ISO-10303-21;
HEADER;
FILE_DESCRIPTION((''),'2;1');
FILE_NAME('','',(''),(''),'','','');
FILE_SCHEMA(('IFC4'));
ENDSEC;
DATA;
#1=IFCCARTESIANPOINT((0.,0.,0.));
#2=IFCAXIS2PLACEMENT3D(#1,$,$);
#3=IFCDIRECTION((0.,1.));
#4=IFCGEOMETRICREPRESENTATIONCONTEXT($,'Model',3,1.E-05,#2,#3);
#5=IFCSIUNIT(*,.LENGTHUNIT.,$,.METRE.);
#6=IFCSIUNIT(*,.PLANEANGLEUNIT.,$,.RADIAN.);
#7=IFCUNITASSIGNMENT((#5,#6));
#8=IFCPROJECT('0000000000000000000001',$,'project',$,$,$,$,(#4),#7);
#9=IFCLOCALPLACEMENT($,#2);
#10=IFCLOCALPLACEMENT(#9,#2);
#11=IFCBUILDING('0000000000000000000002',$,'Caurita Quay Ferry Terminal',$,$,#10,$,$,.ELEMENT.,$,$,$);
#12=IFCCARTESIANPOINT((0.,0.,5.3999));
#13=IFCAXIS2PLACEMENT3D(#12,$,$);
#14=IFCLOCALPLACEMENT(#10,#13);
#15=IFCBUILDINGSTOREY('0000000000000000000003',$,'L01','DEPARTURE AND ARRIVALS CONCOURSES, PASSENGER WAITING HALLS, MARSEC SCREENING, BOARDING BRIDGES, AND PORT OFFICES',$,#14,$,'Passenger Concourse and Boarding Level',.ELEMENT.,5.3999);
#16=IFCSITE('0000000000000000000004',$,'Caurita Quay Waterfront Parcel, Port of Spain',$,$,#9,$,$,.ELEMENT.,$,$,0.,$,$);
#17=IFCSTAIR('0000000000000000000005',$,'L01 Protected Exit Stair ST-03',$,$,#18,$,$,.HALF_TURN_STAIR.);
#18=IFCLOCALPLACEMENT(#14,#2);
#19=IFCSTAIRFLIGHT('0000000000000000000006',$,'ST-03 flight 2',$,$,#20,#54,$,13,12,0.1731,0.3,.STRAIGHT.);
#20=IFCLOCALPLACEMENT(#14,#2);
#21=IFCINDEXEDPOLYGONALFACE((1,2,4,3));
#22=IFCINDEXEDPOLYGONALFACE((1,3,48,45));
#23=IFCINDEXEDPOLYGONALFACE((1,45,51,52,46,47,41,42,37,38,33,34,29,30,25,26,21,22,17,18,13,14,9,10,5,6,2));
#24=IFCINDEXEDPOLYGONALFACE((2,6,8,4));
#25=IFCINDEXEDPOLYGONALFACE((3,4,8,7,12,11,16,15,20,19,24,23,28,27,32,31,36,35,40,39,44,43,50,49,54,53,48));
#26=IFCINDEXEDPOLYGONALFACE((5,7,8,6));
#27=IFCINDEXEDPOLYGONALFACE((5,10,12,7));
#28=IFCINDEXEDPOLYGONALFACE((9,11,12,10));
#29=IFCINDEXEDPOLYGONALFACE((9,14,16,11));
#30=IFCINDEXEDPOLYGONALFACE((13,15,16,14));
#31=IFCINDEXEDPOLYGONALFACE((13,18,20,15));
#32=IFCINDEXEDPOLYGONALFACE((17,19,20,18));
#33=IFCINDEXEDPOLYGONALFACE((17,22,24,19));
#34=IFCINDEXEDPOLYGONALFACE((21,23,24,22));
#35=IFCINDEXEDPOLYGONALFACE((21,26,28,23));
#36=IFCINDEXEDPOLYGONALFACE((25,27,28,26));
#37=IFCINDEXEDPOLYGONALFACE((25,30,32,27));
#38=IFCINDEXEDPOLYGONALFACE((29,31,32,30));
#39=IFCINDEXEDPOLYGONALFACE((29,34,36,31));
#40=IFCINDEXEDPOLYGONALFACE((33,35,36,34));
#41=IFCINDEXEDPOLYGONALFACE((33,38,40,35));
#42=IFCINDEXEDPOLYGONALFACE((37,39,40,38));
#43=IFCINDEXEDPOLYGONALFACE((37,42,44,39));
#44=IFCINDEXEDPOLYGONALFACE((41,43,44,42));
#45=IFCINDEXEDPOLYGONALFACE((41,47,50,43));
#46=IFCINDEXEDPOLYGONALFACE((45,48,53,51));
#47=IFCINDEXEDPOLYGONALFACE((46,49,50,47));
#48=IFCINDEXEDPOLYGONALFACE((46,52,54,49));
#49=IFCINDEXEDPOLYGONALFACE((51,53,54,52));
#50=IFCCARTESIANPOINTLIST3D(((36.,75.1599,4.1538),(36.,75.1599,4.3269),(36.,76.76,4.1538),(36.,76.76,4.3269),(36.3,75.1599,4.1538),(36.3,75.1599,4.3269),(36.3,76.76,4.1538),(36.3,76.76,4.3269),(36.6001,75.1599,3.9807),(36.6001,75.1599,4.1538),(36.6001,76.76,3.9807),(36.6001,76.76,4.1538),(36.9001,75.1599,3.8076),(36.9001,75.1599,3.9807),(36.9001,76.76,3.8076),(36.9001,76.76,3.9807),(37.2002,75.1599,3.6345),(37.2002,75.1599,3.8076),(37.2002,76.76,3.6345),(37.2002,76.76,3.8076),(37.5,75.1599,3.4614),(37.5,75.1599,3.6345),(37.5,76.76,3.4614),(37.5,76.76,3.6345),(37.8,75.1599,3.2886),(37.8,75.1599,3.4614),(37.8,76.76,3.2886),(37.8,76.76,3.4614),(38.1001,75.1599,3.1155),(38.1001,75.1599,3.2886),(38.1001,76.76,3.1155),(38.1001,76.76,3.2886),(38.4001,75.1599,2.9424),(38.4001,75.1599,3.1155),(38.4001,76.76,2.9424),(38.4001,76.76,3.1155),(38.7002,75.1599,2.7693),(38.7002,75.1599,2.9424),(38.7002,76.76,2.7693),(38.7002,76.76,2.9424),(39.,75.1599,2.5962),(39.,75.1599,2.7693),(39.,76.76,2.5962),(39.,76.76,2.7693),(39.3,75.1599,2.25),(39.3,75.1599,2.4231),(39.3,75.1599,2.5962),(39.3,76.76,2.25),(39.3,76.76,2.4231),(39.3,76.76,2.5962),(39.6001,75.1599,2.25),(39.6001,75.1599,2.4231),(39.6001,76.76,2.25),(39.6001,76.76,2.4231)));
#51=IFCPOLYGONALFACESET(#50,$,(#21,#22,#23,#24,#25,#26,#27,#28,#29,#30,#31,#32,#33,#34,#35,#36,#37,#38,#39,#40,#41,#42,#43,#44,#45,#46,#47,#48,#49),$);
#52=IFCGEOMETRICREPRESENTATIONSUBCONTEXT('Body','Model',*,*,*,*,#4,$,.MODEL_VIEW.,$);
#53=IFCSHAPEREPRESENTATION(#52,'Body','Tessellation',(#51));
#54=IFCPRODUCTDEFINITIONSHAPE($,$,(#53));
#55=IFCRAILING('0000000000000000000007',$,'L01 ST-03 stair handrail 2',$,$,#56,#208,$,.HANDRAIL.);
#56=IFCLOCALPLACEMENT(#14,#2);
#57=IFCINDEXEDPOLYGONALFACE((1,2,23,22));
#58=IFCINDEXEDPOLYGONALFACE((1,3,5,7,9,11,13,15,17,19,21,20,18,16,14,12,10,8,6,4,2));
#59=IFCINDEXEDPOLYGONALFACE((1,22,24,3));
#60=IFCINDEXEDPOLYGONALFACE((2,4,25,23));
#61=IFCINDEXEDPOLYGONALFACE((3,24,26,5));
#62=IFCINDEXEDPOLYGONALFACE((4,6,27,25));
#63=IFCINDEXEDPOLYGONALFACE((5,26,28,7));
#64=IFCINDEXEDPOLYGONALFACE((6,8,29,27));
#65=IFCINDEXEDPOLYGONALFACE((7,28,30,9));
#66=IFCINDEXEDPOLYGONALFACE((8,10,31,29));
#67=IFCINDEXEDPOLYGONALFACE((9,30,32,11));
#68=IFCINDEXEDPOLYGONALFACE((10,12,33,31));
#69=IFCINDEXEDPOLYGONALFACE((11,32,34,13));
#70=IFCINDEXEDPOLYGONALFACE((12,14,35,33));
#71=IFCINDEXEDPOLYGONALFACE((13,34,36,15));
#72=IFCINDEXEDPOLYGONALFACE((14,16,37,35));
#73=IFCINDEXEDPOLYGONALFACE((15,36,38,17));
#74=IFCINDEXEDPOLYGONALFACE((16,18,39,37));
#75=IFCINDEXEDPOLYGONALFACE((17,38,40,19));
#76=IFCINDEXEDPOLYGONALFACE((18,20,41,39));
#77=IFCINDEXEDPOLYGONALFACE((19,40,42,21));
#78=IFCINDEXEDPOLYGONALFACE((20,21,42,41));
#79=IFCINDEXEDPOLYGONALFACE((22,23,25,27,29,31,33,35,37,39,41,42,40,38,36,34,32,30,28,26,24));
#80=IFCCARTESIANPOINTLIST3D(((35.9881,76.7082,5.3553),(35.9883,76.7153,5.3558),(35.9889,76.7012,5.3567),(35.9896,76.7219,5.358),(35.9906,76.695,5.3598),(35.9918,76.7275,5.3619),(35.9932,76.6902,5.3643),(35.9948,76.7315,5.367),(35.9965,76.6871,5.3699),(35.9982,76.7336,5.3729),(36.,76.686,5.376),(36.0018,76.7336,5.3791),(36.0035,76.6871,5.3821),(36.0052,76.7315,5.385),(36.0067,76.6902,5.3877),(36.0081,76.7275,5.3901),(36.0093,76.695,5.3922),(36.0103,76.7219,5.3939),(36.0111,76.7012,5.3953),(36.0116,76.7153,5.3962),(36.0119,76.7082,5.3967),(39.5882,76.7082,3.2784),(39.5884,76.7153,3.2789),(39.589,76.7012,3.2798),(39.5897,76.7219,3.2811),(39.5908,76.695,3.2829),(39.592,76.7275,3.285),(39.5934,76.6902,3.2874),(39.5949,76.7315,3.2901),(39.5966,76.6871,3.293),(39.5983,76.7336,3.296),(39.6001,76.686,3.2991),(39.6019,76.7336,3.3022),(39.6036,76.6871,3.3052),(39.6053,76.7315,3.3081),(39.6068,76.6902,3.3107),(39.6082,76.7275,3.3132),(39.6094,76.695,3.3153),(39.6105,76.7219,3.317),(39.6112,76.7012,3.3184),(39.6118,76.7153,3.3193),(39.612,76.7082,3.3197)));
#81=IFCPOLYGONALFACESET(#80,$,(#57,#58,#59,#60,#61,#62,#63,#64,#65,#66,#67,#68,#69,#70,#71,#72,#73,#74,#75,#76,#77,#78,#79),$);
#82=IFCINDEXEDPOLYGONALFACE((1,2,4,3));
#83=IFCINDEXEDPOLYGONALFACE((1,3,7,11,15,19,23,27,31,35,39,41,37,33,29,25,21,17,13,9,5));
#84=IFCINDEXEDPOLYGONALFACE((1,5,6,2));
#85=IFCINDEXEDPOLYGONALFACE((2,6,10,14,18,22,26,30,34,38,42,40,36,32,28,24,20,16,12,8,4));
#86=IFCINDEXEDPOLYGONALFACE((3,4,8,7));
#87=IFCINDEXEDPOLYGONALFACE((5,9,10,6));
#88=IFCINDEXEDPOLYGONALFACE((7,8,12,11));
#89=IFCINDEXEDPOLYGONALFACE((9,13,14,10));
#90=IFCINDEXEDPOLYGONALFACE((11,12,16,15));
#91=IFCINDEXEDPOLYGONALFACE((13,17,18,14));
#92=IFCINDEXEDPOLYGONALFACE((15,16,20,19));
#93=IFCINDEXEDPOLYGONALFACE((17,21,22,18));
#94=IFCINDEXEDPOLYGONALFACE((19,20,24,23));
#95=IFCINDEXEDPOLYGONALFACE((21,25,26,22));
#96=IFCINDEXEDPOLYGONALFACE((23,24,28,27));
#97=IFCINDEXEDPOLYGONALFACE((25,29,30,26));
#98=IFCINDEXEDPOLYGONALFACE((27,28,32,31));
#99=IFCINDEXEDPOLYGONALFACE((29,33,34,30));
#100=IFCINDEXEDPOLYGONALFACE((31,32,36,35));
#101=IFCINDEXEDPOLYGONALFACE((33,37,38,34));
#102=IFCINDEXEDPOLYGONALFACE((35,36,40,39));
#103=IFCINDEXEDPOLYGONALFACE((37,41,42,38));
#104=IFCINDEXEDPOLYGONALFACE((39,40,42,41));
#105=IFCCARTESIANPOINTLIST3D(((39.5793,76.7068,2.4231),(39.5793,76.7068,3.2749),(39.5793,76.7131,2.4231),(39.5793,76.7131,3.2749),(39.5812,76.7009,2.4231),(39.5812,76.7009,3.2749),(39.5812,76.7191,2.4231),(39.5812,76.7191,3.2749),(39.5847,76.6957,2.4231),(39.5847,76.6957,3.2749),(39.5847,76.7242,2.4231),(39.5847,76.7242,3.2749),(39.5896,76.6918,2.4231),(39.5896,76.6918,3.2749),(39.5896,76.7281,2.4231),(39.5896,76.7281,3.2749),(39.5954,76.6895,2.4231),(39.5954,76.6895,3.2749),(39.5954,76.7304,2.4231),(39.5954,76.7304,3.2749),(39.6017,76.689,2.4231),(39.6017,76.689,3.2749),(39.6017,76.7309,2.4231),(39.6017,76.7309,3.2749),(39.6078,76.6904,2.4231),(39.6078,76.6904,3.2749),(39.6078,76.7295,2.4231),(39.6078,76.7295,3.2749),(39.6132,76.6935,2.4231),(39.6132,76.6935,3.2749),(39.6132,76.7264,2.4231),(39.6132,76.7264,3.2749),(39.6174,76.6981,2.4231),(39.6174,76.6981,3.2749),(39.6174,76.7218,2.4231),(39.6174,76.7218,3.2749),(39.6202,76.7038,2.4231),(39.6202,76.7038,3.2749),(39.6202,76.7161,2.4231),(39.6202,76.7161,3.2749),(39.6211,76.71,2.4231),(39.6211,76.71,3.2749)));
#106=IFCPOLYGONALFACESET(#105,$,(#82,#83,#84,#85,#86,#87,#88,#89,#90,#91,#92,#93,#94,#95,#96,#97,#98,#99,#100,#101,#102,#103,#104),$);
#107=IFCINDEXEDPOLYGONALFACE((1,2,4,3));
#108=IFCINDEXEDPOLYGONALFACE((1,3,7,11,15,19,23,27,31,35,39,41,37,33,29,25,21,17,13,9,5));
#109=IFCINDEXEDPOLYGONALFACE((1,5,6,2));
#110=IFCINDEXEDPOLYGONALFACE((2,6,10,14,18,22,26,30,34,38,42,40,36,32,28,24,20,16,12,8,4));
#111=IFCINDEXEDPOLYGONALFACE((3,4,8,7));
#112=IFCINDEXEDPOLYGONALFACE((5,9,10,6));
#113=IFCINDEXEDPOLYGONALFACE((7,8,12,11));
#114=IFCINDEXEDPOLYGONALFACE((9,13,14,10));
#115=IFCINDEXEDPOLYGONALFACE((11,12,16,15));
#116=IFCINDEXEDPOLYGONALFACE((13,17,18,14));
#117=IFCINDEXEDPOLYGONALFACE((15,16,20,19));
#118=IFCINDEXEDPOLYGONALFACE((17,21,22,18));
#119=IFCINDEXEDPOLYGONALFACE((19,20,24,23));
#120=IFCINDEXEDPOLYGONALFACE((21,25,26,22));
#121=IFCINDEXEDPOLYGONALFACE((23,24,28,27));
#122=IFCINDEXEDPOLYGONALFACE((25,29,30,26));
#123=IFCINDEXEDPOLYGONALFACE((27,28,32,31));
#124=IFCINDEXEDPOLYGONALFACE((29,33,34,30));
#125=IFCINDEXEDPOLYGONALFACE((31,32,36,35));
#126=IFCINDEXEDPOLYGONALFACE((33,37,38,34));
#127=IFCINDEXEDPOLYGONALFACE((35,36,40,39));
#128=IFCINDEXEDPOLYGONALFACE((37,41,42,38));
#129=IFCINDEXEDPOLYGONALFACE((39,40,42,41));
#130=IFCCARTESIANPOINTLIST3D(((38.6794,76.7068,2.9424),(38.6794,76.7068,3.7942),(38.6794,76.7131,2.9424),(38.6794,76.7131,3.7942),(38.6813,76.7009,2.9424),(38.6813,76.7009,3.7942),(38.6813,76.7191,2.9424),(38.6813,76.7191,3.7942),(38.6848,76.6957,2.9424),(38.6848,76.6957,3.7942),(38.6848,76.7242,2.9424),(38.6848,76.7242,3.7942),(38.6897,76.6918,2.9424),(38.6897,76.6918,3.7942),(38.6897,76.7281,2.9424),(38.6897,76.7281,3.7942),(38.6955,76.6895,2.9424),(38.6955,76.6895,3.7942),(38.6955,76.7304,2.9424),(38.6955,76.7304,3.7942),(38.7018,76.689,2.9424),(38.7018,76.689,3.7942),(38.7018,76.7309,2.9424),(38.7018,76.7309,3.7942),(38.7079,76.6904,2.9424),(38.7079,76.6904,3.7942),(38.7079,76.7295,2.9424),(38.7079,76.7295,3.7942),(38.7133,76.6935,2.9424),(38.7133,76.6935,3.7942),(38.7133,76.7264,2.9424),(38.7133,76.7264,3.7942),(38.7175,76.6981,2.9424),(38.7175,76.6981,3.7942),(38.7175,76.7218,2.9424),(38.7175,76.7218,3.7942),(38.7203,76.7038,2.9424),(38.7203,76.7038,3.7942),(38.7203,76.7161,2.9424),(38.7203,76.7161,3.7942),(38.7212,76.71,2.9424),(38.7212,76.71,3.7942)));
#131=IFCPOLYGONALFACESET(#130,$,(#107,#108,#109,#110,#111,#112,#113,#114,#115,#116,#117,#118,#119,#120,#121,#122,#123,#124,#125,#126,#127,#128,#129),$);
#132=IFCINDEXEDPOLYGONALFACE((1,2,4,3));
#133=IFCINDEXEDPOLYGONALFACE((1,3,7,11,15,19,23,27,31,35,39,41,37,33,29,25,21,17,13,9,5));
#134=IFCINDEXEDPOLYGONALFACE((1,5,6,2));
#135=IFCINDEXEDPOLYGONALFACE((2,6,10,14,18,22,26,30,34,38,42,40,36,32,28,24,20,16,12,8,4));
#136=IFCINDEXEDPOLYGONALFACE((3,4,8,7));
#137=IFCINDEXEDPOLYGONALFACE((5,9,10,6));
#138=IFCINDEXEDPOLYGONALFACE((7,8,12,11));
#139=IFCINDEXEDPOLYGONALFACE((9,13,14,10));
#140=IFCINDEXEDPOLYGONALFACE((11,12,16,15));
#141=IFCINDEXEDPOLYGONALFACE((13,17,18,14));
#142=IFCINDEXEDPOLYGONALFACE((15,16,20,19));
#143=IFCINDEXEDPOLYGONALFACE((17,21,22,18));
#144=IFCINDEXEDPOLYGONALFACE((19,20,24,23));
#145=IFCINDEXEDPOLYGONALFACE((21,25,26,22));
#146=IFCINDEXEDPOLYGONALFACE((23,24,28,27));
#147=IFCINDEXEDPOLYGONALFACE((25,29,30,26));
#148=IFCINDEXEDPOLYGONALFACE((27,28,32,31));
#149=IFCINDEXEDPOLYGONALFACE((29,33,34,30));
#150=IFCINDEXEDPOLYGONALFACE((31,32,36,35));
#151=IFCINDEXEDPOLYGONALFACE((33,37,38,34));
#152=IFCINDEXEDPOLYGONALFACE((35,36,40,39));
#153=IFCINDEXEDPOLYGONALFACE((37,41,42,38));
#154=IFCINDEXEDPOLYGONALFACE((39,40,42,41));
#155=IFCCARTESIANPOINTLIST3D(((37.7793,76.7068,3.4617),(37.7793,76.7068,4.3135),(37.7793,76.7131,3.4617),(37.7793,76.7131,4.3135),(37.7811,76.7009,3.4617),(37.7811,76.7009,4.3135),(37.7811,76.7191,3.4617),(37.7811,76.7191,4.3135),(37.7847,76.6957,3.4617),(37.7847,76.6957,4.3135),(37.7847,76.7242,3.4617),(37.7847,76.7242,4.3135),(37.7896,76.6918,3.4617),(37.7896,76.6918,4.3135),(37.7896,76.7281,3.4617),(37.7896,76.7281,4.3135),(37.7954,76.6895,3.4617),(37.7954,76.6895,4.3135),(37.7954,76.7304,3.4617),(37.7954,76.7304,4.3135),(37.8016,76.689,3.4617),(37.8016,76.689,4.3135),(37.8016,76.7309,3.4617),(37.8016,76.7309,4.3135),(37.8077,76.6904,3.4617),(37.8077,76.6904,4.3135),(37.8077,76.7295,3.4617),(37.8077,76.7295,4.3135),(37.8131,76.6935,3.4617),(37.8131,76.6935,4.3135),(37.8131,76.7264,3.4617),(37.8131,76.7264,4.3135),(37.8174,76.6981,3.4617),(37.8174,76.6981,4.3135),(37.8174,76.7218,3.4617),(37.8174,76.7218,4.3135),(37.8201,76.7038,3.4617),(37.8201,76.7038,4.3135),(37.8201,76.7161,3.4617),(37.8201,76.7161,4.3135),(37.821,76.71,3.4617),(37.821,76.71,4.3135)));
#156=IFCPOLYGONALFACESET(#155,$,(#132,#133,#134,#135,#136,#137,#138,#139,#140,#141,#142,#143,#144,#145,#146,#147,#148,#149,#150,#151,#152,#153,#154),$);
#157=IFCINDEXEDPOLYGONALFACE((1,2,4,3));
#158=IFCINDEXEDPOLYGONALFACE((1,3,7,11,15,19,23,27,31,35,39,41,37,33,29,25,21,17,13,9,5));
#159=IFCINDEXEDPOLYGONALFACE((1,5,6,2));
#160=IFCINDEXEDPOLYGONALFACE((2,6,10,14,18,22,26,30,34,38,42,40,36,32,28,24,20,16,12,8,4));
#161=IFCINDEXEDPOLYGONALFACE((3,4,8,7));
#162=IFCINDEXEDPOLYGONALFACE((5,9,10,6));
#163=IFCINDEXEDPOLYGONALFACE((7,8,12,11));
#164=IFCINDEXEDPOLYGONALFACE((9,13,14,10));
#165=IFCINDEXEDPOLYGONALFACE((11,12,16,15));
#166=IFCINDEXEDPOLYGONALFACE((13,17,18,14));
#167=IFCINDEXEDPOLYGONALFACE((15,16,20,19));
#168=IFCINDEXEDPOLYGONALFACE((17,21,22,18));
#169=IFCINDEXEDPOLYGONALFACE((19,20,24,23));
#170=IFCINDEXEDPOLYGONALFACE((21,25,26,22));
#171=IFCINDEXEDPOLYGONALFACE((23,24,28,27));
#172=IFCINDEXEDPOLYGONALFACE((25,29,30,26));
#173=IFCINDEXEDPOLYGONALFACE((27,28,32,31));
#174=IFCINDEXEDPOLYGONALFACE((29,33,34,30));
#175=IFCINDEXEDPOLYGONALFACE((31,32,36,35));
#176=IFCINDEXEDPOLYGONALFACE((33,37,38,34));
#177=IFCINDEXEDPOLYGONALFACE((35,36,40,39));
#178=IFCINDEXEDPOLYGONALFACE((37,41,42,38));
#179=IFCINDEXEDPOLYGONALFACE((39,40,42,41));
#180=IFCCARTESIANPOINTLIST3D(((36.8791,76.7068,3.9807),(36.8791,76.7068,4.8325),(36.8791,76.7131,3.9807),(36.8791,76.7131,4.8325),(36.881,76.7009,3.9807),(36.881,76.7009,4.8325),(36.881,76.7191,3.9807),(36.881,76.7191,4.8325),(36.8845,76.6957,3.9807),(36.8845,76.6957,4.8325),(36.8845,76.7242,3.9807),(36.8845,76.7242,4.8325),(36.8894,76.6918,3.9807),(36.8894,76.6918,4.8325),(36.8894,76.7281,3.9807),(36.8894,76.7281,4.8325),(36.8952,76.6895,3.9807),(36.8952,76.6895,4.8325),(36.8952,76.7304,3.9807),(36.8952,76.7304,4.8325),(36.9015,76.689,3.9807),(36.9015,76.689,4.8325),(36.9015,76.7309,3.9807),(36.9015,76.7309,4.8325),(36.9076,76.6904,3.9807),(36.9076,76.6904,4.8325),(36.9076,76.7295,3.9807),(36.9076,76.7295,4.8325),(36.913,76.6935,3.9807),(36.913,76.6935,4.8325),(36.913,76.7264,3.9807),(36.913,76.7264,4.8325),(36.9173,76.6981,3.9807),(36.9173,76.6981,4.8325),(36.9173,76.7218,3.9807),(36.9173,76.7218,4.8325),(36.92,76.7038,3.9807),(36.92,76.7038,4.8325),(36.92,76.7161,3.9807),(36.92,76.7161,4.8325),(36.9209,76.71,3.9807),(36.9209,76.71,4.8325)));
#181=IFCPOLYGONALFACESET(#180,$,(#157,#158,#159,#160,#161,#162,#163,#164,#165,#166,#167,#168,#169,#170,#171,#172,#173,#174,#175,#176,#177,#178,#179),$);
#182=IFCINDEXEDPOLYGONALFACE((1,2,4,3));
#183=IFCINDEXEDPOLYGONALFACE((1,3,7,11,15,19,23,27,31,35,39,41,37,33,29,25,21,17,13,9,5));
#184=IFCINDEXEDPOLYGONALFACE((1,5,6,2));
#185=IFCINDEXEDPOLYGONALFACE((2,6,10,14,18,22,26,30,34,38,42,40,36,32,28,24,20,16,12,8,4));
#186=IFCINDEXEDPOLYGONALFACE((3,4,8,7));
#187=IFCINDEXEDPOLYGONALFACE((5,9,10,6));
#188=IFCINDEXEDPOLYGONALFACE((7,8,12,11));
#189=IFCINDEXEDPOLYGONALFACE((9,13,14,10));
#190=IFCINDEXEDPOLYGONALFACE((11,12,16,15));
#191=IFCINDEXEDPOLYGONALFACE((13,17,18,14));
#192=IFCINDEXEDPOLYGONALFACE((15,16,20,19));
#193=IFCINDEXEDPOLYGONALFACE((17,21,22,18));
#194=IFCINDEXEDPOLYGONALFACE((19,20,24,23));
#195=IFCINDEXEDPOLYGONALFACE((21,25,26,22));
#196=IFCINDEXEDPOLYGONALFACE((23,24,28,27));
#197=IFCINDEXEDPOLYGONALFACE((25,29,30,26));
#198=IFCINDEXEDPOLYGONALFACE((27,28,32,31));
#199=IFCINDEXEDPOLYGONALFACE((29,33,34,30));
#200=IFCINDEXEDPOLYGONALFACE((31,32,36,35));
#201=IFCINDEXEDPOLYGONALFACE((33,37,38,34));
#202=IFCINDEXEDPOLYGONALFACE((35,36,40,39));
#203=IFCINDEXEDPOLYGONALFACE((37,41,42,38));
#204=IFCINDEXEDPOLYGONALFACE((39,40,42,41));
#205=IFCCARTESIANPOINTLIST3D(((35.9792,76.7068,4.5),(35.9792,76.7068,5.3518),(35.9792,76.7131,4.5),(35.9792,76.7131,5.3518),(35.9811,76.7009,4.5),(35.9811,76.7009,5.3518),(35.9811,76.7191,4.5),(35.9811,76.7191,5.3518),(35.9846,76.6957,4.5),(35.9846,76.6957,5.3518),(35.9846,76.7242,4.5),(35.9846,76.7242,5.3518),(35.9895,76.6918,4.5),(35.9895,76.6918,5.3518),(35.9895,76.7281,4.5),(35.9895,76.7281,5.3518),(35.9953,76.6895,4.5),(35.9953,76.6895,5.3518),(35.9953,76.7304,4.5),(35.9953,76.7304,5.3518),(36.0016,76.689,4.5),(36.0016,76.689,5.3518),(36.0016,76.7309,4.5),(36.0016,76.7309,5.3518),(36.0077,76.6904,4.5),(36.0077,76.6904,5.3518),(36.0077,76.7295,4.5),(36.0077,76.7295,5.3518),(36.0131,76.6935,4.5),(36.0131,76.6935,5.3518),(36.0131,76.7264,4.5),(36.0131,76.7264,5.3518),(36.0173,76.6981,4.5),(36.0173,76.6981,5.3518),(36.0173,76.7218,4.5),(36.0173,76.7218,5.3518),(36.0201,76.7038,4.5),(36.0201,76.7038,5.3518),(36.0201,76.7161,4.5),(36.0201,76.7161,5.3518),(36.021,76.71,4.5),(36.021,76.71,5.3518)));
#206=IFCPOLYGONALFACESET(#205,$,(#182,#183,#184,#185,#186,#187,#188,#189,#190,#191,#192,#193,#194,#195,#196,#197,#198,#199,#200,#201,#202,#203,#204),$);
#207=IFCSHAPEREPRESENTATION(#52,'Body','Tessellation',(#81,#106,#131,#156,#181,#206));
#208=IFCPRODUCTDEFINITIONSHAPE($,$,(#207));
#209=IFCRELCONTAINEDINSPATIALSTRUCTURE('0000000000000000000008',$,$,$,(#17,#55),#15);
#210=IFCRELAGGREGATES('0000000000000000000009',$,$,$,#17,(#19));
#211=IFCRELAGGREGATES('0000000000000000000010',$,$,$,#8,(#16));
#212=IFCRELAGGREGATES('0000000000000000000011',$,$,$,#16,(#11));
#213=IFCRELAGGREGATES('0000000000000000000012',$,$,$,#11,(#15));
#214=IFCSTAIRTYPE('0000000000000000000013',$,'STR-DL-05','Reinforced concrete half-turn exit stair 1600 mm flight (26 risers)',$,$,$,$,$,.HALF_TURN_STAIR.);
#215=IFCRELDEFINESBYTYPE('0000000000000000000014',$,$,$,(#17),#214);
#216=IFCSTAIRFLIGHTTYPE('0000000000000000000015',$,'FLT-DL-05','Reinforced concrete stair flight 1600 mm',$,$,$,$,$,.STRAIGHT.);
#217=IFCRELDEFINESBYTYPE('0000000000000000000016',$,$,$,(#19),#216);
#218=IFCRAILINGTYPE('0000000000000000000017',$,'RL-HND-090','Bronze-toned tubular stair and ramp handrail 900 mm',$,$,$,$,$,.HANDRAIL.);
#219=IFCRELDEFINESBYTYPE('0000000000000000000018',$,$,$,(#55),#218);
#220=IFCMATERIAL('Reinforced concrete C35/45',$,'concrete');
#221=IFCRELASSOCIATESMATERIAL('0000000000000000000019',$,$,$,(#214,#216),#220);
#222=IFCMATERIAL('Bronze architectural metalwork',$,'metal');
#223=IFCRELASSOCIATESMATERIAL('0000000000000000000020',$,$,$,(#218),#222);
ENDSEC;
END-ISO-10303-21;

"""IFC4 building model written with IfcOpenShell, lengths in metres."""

from ifc_helpers import new_model, si_unit, direction, frame, origin, origin_2d, place, context, subcontext, project, spatial, polyline, circle, outline, extrude, material, type_object, element, aggregate, save


model = new_model("IFC4")

# Units and contexts
model_context = context("Model", 3, precision=1e-05, world=origin(), true_north=direction((0.0, 1.0)))
body_context = subcontext(model_context, "Body", "Model", "MODEL_VIEW")
ifc_project = project(units=[si_unit("LENGTHUNIT", "METRE"), si_unit("PLANEANGLEUNIT", "RADIAN")], contexts=[model_context])

# Site, building, storey
site_placement = place(None, origin())
site = spatial("IfcSite", under=ifc_project, at=site_placement, Name="Caurita Quay Waterfront Parcel, Port of Spain", CompositionType="ELEMENT", RefElevation=0.0)
building_placement = place(site_placement, origin())
building = spatial("IfcBuilding", under=site, at=building_placement, Name="Caurita Quay Ferry Terminal", CompositionType="ELEMENT")
storey_placement = place(building_placement, frame((0.0, 0.0, 5.3999)))
storey = spatial("IfcBuildingStorey", under=building, at=storey_placement, Name="L01", Description="DEPARTURE AND ARRIVALS CONCOURSES, PASSENGER WAITING HALLS, MARSEC SCREENING, BOARDING BRIDGES, AND PORT OFFICES", LongName="Passenger Concourse and Boarding Level", CompositionType="ELEMENT", Elevation=5.3999)

# Shared definitions
ifc_material_1 = material(Name="Reinforced concrete C35/45", Category="concrete")

# Stair, stair flight
stair_type = type_object("IfcStairType", Name="STR-DL-05", Description="Reinforced concrete half-turn exit stair 1600 mm flight (26 risers)", PredefinedType="HALF_TURN_STAIR", material=ifc_material_1)
stair_placement = place(storey_placement, origin())
stair = element("IfcStair", 1, at=stair_placement, inside=storey, type_object=stair_type, Name="L01 Protected Exit Stair ST-03", PredefinedType="HALF_TURN_STAIR")
stair_flight_type = type_object("IfcStairFlightType", Name="FLT-DL-05", Description="Reinforced concrete stair flight 1600 mm", PredefinedType="STRAIGHT", material=ifc_material_1)
stair_flight_placement = place(storey_placement, frame((39.6001, 75.96, 2.25), z_axis=(0.0, 0.0, 1.0), x_axis=(-1.0, 0.0, 0.0)))
stair_flight = element("IfcStairFlight", 2, at=stair_flight_placement, type_object=stair_flight_type, Name="ST-03 flight 2", NumberOfRisers=13, NumberOfTreads=12, PredefinedType="STRAIGHT", RiserHeight=0.1731, TreadLength=0.3, context=body_context, shape_type="SweptSolid", body=[
    extrude(outline(polyline([(0.0, 0.0), (0.0, 0.1731), (0.3, 0.1731), (0.3, 0.3462), (0.6001, 0.3462), (0.6001, 0.5193), (0.8999, 0.5193), (0.8999, 0.6924), (1.2, 0.6924), (1.2, 0.8655), (1.5, 0.8655), (1.5, 1.0386), (1.8, 1.0386), (1.8, 1.2114), (2.1001, 1.2114), (2.1001, 1.3845), (2.3999, 1.3845), (2.3999, 1.5576), (2.7, 1.5576), (2.7, 1.7307), (3.0, 1.7307), (3.0, 1.9038), (3.3, 1.9038), (3.3, 2.0769), (3.6001, 2.0769), (3.6001, 2.25), (3.6001, 1.9038), (0.3, 0.0), (0.0, 0.0)])), frame((0.0, 0.8, 0.0), z_axis=(0.0, -1.0, 0.0), x_axis=(1.0, 0.0, 0.0)), (0.0, 0.0, 1.0), 1.6001),
])
aggregate(stair, [stair_flight])

# Railing
ifc_material_2 = material(Name="Bronze architectural metalwork", Category="metal")
railing_type_1 = type_object("IfcRailingType", Name="RL-HND-090", Description="Bronze-toned tubular stair and ramp handrail 900 mm", PredefinedType="HANDRAIL", material=ifc_material_2)
railing_1_placement = place(storey_placement, frame((39.6001, 76.71, 2.4231)))
element("IfcRailing", 3, at=railing_1_placement, inside=storey, type_object=railing_type_1, Name="L01 ST-03 stair handrail 2", PredefinedType="HANDRAIL", context=body_context, shape_type="SweptSolid", body=[
    extrude(circle(Radius=0.0239, at=origin_2d()), frame((0.0, 0.0, 0.876), z_axis=(-0.866193, 0.0, 0.499709), x_axis=(0.0, -1.0, 0.0)), (0.0, 0.0, 1.0), 4.1562),
    extrude(circle(Radius=0.021, at=origin_2d()), origin(), (0.0, 0.0, 1.0), 0.8518),
    extrude(circle(Radius=0.021, at=origin_2d()), frame((-0.8999, 0.0, 0.5193)), (0.0, 0.0, 1.0), 0.8518),
    extrude(circle(Radius=0.021, at=origin_2d()), frame((-1.8, 0.0, 1.0386)), (0.0, 0.0, 1.0), 0.8518),
    extrude(circle(Radius=0.021, at=origin_2d()), frame((-2.7002, 0.0, 1.5576)), (0.0, 0.0, 1.0), 0.8518),
    extrude(circle(Radius=0.021, at=origin_2d()), frame((-3.6001, 0.0, 2.0769)), (0.0, 0.0, 1.0), 0.8518),
])

save(model, "model.ifc")
